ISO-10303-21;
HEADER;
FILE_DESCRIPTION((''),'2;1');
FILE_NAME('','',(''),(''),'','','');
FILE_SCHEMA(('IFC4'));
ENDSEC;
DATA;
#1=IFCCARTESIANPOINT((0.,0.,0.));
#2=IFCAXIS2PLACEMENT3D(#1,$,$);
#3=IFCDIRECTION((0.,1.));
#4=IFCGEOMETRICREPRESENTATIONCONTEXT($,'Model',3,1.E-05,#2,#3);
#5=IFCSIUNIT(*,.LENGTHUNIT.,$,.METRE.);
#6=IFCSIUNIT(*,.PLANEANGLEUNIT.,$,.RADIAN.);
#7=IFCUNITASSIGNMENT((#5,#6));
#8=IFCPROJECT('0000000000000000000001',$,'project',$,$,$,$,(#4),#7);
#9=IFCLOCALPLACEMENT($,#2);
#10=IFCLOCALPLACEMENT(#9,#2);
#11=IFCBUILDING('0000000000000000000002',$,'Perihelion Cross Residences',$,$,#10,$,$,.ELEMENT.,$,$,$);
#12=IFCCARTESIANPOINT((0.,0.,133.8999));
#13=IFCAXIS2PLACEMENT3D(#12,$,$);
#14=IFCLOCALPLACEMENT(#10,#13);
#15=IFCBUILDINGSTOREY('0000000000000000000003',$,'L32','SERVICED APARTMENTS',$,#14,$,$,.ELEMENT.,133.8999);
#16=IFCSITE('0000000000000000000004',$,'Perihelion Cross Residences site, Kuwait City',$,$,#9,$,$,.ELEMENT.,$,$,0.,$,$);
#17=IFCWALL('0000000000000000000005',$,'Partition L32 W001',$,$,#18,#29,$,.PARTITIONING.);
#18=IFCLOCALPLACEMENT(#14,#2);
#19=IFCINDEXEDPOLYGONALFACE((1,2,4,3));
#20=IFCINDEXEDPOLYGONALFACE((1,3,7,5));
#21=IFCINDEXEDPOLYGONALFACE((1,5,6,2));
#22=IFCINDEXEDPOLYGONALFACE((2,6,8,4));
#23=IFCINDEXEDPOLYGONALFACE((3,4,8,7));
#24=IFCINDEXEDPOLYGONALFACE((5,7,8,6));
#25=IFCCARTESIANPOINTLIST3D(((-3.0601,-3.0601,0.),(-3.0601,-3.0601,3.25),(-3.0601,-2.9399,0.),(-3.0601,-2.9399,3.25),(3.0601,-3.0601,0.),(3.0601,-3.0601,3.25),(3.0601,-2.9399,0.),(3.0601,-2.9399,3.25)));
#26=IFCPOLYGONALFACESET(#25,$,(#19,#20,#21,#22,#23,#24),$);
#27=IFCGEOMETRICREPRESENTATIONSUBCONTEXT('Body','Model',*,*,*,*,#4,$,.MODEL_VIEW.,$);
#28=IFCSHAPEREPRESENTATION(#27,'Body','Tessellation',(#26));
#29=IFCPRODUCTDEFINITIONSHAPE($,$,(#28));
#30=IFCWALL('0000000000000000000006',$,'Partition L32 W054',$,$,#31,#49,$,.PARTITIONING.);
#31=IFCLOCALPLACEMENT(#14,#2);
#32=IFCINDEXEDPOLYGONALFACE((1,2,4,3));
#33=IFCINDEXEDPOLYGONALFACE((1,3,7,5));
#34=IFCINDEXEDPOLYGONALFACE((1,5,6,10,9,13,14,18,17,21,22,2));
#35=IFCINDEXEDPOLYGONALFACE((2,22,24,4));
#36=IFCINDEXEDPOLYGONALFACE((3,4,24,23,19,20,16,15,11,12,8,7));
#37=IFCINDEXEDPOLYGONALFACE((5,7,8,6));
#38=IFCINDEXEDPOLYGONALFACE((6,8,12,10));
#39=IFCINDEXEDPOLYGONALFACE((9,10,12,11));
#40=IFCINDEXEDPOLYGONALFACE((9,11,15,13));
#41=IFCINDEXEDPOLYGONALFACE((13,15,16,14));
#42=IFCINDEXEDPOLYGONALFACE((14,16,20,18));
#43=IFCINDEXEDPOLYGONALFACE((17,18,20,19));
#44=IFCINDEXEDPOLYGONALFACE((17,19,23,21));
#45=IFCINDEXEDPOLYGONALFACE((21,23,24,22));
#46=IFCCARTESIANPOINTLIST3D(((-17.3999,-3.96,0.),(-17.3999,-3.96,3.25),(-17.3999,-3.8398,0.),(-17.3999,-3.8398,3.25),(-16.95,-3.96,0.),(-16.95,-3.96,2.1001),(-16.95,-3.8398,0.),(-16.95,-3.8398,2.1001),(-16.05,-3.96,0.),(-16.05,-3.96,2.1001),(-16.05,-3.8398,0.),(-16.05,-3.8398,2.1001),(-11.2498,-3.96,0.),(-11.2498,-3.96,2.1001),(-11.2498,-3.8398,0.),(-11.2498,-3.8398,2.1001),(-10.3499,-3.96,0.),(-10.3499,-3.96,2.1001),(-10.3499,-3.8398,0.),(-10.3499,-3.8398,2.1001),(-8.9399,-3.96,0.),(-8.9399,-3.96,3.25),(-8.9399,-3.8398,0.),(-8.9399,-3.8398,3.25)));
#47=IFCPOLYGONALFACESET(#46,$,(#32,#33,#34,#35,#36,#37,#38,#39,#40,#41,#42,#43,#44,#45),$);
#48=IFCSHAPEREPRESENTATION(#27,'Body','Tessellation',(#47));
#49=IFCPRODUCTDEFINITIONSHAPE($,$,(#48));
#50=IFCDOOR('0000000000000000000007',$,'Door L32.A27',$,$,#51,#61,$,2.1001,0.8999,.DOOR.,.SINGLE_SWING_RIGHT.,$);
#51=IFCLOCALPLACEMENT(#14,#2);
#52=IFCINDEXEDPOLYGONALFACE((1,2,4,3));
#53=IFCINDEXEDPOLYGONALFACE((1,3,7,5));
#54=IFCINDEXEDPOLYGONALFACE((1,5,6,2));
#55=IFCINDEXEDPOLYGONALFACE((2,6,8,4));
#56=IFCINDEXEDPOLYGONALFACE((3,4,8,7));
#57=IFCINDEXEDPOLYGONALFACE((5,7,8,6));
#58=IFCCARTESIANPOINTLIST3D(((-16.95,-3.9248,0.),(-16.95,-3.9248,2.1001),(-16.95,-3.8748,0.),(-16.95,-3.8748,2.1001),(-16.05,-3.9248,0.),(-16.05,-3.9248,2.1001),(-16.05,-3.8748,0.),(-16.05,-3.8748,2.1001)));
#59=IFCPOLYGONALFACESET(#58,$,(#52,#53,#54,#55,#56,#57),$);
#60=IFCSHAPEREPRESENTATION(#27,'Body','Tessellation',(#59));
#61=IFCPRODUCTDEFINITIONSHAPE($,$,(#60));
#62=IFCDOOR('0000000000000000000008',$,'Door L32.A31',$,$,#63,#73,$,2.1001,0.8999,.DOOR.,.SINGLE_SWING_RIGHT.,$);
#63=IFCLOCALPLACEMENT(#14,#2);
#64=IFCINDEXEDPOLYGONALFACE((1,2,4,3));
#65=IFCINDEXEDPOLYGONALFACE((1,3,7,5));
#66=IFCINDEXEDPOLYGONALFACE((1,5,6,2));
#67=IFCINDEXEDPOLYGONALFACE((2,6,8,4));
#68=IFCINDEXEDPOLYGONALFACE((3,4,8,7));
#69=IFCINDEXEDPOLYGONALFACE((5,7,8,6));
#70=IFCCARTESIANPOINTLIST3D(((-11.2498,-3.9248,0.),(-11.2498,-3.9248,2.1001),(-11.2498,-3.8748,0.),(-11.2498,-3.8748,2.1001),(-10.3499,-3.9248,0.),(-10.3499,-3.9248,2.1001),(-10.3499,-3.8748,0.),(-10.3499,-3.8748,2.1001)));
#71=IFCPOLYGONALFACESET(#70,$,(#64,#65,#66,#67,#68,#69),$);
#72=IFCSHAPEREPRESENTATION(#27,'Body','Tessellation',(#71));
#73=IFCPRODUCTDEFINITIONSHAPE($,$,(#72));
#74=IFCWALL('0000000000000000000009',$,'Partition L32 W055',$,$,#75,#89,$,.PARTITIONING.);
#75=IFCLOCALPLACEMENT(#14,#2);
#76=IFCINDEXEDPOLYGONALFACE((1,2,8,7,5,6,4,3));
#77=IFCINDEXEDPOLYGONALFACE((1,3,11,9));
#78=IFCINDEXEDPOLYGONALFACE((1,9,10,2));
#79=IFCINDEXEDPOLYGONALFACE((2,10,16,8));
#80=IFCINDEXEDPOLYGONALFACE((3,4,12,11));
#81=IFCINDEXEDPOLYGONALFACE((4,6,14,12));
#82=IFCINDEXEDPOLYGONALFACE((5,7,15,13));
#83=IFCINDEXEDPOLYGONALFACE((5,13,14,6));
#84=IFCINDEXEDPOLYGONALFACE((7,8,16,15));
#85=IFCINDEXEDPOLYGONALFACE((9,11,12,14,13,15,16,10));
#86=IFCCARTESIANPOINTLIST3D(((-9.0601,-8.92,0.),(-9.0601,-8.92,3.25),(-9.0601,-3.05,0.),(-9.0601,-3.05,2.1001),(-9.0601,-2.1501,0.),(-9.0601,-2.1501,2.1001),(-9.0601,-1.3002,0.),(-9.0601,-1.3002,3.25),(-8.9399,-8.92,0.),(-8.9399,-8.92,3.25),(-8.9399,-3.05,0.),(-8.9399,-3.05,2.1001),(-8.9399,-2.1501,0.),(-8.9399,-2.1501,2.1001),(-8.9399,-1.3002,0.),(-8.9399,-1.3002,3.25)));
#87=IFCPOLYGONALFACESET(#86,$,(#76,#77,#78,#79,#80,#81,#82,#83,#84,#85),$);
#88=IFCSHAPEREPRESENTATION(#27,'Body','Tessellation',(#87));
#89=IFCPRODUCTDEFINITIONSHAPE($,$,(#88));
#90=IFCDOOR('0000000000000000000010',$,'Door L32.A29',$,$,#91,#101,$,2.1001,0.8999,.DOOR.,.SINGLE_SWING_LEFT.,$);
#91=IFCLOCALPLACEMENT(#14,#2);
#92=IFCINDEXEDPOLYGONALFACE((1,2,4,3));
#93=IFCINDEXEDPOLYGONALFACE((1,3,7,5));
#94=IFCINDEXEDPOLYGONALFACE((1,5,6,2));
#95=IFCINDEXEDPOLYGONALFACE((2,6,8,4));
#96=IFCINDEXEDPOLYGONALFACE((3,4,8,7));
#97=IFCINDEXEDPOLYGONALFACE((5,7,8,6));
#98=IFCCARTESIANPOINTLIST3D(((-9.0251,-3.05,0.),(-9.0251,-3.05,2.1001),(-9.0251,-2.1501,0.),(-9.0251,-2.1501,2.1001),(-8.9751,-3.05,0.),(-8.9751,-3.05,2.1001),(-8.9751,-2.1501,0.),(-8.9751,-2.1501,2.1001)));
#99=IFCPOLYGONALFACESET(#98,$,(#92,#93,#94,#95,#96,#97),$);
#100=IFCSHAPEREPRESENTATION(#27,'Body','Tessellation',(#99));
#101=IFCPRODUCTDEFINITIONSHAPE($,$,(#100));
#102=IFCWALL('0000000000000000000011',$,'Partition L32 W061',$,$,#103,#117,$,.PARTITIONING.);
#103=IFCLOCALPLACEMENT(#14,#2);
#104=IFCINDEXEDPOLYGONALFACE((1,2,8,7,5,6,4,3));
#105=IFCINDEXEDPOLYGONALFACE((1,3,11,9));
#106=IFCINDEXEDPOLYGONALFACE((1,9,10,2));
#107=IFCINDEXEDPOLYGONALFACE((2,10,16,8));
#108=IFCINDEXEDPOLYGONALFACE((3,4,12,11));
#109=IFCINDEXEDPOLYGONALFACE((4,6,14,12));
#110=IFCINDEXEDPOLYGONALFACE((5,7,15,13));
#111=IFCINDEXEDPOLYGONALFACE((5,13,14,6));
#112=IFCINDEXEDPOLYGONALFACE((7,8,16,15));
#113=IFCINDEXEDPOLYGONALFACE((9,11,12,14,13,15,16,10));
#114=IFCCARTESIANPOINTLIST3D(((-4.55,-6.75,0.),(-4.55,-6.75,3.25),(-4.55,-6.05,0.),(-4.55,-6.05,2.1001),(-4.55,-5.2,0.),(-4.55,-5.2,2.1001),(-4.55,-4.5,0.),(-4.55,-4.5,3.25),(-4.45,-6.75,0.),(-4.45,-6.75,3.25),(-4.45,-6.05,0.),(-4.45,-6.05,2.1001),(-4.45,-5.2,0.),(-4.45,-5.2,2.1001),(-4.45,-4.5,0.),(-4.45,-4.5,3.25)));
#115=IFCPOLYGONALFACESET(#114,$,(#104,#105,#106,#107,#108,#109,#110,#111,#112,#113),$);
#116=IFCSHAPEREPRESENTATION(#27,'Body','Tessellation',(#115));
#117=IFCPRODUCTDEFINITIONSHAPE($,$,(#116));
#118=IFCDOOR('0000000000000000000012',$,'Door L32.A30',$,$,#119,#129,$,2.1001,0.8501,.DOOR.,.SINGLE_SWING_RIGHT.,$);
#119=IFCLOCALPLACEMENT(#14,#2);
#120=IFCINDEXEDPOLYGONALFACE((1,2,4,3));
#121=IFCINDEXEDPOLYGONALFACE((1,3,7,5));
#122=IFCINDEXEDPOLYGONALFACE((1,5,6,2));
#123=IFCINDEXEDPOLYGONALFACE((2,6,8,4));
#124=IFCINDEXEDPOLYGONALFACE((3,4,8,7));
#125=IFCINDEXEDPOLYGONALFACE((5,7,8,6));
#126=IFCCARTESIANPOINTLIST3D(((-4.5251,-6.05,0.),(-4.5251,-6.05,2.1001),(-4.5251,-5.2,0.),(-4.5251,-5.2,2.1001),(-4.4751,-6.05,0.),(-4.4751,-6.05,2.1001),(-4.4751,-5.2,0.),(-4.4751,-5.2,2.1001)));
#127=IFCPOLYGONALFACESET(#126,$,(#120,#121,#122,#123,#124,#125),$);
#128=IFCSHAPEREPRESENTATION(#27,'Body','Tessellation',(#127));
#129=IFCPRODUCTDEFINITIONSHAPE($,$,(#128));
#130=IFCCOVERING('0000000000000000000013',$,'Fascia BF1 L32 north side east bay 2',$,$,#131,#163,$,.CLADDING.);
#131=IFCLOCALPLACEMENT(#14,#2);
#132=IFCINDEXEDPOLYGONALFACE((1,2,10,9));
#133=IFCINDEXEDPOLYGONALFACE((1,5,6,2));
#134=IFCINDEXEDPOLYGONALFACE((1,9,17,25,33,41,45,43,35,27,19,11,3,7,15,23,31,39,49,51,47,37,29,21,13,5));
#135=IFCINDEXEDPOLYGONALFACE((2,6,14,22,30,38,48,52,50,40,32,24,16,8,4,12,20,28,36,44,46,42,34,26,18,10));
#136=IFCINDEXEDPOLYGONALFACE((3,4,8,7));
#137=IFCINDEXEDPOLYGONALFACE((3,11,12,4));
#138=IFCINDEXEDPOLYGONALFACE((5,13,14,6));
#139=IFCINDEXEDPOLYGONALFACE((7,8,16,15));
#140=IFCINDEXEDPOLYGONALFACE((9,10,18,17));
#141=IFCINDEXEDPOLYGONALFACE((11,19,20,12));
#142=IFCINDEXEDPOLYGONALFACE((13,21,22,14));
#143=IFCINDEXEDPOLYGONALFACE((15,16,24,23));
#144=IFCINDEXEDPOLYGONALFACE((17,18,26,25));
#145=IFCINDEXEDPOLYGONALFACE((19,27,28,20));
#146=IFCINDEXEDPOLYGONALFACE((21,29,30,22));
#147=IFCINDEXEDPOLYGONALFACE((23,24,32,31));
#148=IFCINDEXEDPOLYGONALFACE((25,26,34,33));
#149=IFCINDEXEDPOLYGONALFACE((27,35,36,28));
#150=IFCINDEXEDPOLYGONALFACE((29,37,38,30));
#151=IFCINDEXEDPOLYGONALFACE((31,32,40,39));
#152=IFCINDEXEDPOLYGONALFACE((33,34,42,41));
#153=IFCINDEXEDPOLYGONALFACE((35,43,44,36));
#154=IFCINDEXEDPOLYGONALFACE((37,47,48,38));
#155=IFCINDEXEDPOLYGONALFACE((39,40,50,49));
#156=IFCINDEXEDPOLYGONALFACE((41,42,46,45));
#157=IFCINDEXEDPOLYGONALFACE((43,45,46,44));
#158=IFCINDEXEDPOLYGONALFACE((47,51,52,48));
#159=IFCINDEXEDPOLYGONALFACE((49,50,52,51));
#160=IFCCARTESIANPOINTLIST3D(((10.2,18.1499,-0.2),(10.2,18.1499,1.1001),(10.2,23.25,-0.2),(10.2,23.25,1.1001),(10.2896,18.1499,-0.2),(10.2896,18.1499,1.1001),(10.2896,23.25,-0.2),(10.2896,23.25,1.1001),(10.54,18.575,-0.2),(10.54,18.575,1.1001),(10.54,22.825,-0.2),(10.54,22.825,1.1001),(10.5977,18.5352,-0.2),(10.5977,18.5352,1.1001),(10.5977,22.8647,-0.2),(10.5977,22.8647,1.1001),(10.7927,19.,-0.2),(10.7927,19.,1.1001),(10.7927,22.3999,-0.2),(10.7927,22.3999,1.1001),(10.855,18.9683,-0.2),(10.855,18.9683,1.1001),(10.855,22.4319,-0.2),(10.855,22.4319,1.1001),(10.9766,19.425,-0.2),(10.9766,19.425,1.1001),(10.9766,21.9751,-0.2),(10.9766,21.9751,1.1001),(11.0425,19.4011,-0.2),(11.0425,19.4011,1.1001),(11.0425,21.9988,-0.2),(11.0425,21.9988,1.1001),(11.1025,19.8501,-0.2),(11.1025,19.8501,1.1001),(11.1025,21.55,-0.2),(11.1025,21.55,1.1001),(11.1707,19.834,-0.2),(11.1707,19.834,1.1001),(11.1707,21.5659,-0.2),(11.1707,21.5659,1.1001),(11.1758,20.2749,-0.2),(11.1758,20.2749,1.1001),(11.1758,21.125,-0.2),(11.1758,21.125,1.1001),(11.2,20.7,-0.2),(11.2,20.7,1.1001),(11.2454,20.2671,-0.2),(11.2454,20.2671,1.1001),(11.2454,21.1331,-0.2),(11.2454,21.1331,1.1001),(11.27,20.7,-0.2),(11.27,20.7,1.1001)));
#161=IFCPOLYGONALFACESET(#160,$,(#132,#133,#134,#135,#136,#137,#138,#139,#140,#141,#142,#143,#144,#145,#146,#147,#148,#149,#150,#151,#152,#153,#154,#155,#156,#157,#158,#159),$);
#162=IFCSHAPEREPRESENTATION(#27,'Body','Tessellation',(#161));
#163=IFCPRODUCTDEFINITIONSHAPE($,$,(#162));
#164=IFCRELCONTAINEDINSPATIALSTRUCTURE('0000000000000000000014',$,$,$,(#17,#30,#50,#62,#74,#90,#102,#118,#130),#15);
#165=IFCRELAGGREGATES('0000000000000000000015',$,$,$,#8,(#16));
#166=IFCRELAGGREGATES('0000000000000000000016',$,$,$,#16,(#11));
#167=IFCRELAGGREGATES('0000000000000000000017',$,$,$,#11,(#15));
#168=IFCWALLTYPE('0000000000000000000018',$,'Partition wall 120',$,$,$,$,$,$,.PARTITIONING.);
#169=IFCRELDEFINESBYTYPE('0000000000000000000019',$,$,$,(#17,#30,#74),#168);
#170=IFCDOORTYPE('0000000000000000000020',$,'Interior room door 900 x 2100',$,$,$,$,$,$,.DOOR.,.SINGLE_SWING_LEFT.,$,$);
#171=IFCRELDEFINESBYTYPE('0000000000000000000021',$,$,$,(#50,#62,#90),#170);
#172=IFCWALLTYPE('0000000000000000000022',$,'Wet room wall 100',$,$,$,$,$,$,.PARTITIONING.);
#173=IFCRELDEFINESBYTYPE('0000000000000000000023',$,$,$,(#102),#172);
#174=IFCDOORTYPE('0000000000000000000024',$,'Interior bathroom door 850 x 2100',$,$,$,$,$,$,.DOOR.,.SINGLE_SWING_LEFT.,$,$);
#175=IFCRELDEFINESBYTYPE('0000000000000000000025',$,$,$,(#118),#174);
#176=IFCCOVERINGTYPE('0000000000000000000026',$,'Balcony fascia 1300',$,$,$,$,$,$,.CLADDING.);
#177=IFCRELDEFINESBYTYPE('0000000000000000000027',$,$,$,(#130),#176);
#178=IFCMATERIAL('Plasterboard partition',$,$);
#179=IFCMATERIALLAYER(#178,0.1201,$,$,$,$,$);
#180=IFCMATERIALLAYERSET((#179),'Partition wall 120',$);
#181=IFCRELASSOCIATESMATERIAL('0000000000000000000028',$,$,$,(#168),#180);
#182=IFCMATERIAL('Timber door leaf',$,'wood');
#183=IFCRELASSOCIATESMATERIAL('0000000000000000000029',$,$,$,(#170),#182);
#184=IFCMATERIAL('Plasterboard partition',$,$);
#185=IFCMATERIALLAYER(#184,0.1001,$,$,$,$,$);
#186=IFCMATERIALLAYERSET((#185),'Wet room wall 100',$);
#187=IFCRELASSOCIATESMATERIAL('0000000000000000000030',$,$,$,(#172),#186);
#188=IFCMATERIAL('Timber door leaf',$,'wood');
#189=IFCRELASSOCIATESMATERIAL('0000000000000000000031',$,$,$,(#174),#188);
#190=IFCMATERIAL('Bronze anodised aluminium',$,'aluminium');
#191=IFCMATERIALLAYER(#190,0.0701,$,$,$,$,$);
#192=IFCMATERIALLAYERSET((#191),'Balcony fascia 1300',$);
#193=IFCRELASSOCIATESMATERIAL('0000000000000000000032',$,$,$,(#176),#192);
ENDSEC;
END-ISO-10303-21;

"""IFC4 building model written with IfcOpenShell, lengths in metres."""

from ifc_helpers import new_model, si_unit, direction, frame, frame_2d, origin, place, context, subcontext, project, spatial, polyline, rectangle, outline, extrude, material, layer, layer_set, type_object, element, fill, save


model = new_model("IFC4")

# Units and contexts
model_context = context("Model", 3, precision=1e-05, world=origin(), true_north=direction((0.0, 1.0)))
body_context = subcontext(model_context, "Body", "Model", "MODEL_VIEW")
ifc_project = project(units=[si_unit("LENGTHUNIT", "METRE"), si_unit("PLANEANGLEUNIT", "RADIAN")], contexts=[model_context])

# Site, building, storey
site_placement = place(None, origin())
site = spatial("IfcSite", under=ifc_project, at=site_placement, Name="Perihelion Cross Residences site, Kuwait City", CompositionType="ELEMENT", RefElevation=0.0)
building_placement = place(site_placement, origin())
building = spatial("IfcBuilding", under=site, at=building_placement, Name="Perihelion Cross Residences", CompositionType="ELEMENT")
storey_placement = place(building_placement, frame((0.0, 0.0, 133.8999)))
storey = spatial("IfcBuildingStorey", under=building, at=storey_placement, Name="L32", Description="SERVICED APARTMENTS", CompositionType="ELEMENT", Elevation=133.8999)

# Wall
ifc_material_1 = material(Name="Plasterboard partition")
ifc_layer_1 = layer(ifc_material_1, 0.1201)
ifc_layer_set_1 = layer_set([ifc_layer_1], Name="Partition wall 120")
wall_type_1 = type_object("IfcWallType", Name="Partition wall 120", PredefinedType="PARTITIONING", material=ifc_layer_set_1)
wall_1_placement = place(storey_placement, frame((-3.0601, -3.0, 0.0), z_axis=(0.0, 0.0, 1.0), x_axis=(1.0, 0.0, 0.0)))
element("IfcWall", 1, at=wall_1_placement, inside=storey, type_object=wall_type_1, Name="Partition L32 W001", PredefinedType="PARTITIONING", context=body_context, shape_type="SweptSolid", body=[
    extrude(rectangle(XDim=6.1201, YDim=0.1201, at=frame_2d((3.0601, 0.0))), origin(), (0.0, 0.0, 1.0), 3.25),
])

# Wall, openings, doors
wall_2_placement = place(storey_placement, frame((-8.9399, -3.8999, 0.0), z_axis=(0.0, 0.0, 1.0), x_axis=(-1.0, 0.0, 0.0)))
wall_2 = element("IfcWall", 2, at=wall_2_placement, inside=storey, type_object=wall_type_1, Name="Partition L32 W054", PredefinedType="PARTITIONING", context=body_context, shape_type="SweptSolid", body=[
    extrude(rectangle(XDim=8.46, YDim=0.1201, at=frame_2d((4.23, 0.0))), origin(), (0.0, 0.0, 1.0), 3.25),
])
opening_1_placement = place(wall_2_placement, frame((7.1101, 0.0, 0.0)))
opening_1 = element("IfcOpeningElement", 3, at=opening_1_placement, cuts=wall_2, PredefinedType="OPENING", context=body_context, shape_type="SweptSolid", body=[
    extrude(rectangle(XDim=0.8999, YDim=2.1001, at=frame_2d((0.45, 1.05))), frame((0.0, 0.0701, 0.0), z_axis=(0.0, -1.0, 0.0), x_axis=(1.0, 0.0, 0.0)), (0.0, 0.0, 1.0), 0.1401),
])
opening_2_placement = place(wall_2_placement, frame((1.4099, 0.0, 0.0)))
opening_2 = element("IfcOpeningElement", 4, at=opening_2_placement, cuts=wall_2, PredefinedType="OPENING", context=body_context, shape_type="SweptSolid", body=[
    extrude(rectangle(XDim=0.8999, YDim=2.1001, at=frame_2d((0.45, 1.05))), frame((0.0, 0.0701, 0.0), z_axis=(0.0, -1.0, 0.0), x_axis=(1.0, 0.0, 0.0)), (0.0, 0.0, 1.0), 0.1401),
])
ifc_material_2 = material(Name="Timber door leaf", Category="wood")
door_type_1 = type_object("IfcDoorType", Name="Interior room door 900 x 2100", OperationType="SINGLE_SWING_LEFT", PredefinedType="DOOR", material=ifc_material_2)
door_1_placement = place(opening_1_placement, origin())
door_1 = element("IfcDoor", 5, at=door_1_placement, inside=storey, type_object=door_type_1, Name="Door L32.A27", OperationType="SINGLE_SWING_RIGHT", OverallHeight=2.1001, OverallWidth=0.8999, PredefinedType="DOOR", context=body_context, shape_type="SweptSolid", body=[
    extrude(rectangle(XDim=0.8999, YDim=2.1001, at=frame_2d((0.45, 1.05))), frame((0.0, 0.0249, 0.0), z_axis=(0.0, -1.0, 0.0), x_axis=(1.0, 0.0, 0.0)), (0.0, 0.0, 1.0), 0.05),
])
fill(opening_1, door_1)
door_2_placement = place(opening_2_placement, origin())
door_2 = element("IfcDoor", 6, at=door_2_placement, inside=storey, type_object=door_type_1, Name="Door L32.A31", OperationType="SINGLE_SWING_RIGHT", OverallHeight=2.1001, OverallWidth=0.8999, PredefinedType="DOOR", context=body_context, shape_type="SweptSolid", body=[
    extrude(rectangle(XDim=0.8999, YDim=2.1001, at=frame_2d((0.45, 1.05))), frame((0.0, 0.0249, 0.0), z_axis=(0.0, -1.0, 0.0), x_axis=(1.0, 0.0, 0.0)), (0.0, 0.0, 1.0), 0.05),
])
fill(opening_2, door_2)

# Walls, openings, doors
wall_3_placement = place(storey_placement, frame((-9.0, -1.3, 0.0), z_axis=(0.0, 0.0, 1.0), x_axis=(0.0, -1.0, 0.0)))
wall_3 = element("IfcWall", 7, at=wall_3_placement, inside=storey, type_object=wall_type_1, Name="Partition L32 W055", PredefinedType="PARTITIONING", context=body_context, shape_type="SweptSolid", body=[
    extrude(rectangle(XDim=7.6199, YDim=0.1201, at=frame_2d((3.8101, 0.0))), origin(), (0.0, 0.0, 1.0), 3.25),
])
opening_3_placement = place(wall_3_placement, frame((0.8501, 0.0, 0.0)))
opening_3 = element("IfcOpeningElement", 8, at=opening_3_placement, cuts=wall_3, PredefinedType="OPENING", context=body_context, shape_type="SweptSolid", body=[
    extrude(rectangle(XDim=0.8999, YDim=2.1001, at=frame_2d((0.45, 1.05))), frame((0.0, 0.0701, 0.0), z_axis=(0.0, -1.0, 0.0), x_axis=(1.0, 0.0, 0.0)), (0.0, 0.0, 1.0), 0.1401),
])
door_3_placement = place(opening_3_placement, origin())
door_3 = element("IfcDoor", 9, at=door_3_placement, inside=storey, type_object=door_type_1, Name="Door L32.A29", OperationType="SINGLE_SWING_LEFT", OverallHeight=2.1001, OverallWidth=0.8999, PredefinedType="DOOR", context=body_context, shape_type="SweptSolid", body=[
    extrude(rectangle(XDim=0.8999, YDim=2.1001, at=frame_2d((0.45, 1.05))), frame((0.0, 0.0249, 0.0), z_axis=(0.0, -1.0, 0.0), x_axis=(1.0, 0.0, 0.0)), (0.0, 0.0, 1.0), 0.05),
])
fill(opening_3, door_3)
ifc_material_3 = material(Name="Plasterboard partition")
ifc_layer_2 = layer(ifc_material_3, 0.1001)
ifc_layer_set_2 = layer_set([ifc_layer_2], Name="Wet room wall 100")
wall_type_2 = type_object("IfcWallType", Name="Wet room wall 100", PredefinedType="PARTITIONING", material=ifc_layer_set_2)
wall_4_placement = place(storey_placement, frame((-4.5, -4.5, 0.0), z_axis=(0.0, 0.0, 1.0), x_axis=(0.0, -1.0, 0.0)))
wall_4 = element("IfcWall", 10, at=wall_4_placement, inside=storey, type_object=wall_type_2, Name="Partition L32 W061", PredefinedType="PARTITIONING", context=body_context, shape_type="SweptSolid", body=[
    extrude(rectangle(XDim=2.25, YDim=0.1001, at=frame_2d((1.125, 0.0))), origin(), (0.0, 0.0, 1.0), 3.25),
])
opening_4_placement = place(wall_4_placement, frame((0.7, 0.0, 0.0)))
opening_4 = element("IfcOpeningElement", 11, at=opening_4_placement, cuts=wall_4, PredefinedType="OPENING", context=body_context, shape_type="SweptSolid", body=[
    extrude(rectangle(XDim=0.8501, YDim=2.1001, at=frame_2d((0.425, 1.05))), frame((0.0, 0.0601, 0.0), z_axis=(0.0, -1.0, 0.0), x_axis=(1.0, 0.0, 0.0)), (0.0, 0.0, 1.0), 0.1201),
])
ifc_material_4 = material(Name="Timber door leaf", Category="wood")
door_type_2 = type_object("IfcDoorType", Name="Interior bathroom door 850 x 2100", OperationType="SINGLE_SWING_LEFT", PredefinedType="DOOR", material=ifc_material_4)
door_4_placement = place(opening_4_placement, origin())
door_4 = element("IfcDoor", 12, at=door_4_placement, inside=storey, type_object=door_type_2, Name="Door L32.A30", OperationType="SINGLE_SWING_RIGHT", OverallHeight=2.1001, OverallWidth=0.8501, PredefinedType="DOOR", context=body_context, shape_type="SweptSolid", body=[
    extrude(rectangle(XDim=0.8501, YDim=2.1001, at=frame_2d((0.425, 1.05))), frame((0.0, 0.0249, 0.0), z_axis=(0.0, -1.0, 0.0), x_axis=(1.0, 0.0, 0.0)), (0.0, 0.0, 1.0), 0.05),
])
fill(opening_4, door_4)

# Covering
ifc_material_5 = material(Name="Bronze anodised aluminium", Category="aluminium")
ifc_layer_3 = layer(ifc_material_5, 0.0701)
ifc_layer_set_3 = layer_set([ifc_layer_3], Name="Balcony fascia 1300")
covering_type = type_object("IfcCoveringType", Name="Balcony fascia 1300", PredefinedType="CLADDING", material=ifc_layer_set_3)
covering_1_placement = place(storey_placement, frame((0.0, 0.0, -0.2)))
element("IfcCovering", 13, at=covering_1_placement, inside=storey, type_object=covering_type, Name="Fascia BF1 L32 north side east bay 2", PredefinedType="CLADDING", context=body_context, shape_type="SweptSolid", body=[
    extrude(outline(polyline([(10.5977, 18.5352), (10.855, 18.9683), (11.0425, 19.4011), (11.1707, 19.834), (11.2454, 20.2671), (11.27, 20.7), (11.2454, 21.1331), (11.1707, 21.5659), (11.0425, 21.9988), (10.855, 22.4319), (10.5977, 22.8647), (10.2896, 23.25), (10.2, 23.25), (10.54, 22.825), (10.7927, 22.3999), (10.9766, 21.9751), (11.1025, 21.55), (11.1758, 21.125), (11.2, 20.7), (11.1758, 20.2749), (11.1025, 19.8501), (10.9766, 19.425), (10.7927, 19.0), (10.54, 18.575), (10.2, 18.1499), (10.2896, 18.1499), (10.5977, 18.5352)])), origin(), (0.0, 0.0, 1.0), 1.3),
])

save(model, "model.ifc")
